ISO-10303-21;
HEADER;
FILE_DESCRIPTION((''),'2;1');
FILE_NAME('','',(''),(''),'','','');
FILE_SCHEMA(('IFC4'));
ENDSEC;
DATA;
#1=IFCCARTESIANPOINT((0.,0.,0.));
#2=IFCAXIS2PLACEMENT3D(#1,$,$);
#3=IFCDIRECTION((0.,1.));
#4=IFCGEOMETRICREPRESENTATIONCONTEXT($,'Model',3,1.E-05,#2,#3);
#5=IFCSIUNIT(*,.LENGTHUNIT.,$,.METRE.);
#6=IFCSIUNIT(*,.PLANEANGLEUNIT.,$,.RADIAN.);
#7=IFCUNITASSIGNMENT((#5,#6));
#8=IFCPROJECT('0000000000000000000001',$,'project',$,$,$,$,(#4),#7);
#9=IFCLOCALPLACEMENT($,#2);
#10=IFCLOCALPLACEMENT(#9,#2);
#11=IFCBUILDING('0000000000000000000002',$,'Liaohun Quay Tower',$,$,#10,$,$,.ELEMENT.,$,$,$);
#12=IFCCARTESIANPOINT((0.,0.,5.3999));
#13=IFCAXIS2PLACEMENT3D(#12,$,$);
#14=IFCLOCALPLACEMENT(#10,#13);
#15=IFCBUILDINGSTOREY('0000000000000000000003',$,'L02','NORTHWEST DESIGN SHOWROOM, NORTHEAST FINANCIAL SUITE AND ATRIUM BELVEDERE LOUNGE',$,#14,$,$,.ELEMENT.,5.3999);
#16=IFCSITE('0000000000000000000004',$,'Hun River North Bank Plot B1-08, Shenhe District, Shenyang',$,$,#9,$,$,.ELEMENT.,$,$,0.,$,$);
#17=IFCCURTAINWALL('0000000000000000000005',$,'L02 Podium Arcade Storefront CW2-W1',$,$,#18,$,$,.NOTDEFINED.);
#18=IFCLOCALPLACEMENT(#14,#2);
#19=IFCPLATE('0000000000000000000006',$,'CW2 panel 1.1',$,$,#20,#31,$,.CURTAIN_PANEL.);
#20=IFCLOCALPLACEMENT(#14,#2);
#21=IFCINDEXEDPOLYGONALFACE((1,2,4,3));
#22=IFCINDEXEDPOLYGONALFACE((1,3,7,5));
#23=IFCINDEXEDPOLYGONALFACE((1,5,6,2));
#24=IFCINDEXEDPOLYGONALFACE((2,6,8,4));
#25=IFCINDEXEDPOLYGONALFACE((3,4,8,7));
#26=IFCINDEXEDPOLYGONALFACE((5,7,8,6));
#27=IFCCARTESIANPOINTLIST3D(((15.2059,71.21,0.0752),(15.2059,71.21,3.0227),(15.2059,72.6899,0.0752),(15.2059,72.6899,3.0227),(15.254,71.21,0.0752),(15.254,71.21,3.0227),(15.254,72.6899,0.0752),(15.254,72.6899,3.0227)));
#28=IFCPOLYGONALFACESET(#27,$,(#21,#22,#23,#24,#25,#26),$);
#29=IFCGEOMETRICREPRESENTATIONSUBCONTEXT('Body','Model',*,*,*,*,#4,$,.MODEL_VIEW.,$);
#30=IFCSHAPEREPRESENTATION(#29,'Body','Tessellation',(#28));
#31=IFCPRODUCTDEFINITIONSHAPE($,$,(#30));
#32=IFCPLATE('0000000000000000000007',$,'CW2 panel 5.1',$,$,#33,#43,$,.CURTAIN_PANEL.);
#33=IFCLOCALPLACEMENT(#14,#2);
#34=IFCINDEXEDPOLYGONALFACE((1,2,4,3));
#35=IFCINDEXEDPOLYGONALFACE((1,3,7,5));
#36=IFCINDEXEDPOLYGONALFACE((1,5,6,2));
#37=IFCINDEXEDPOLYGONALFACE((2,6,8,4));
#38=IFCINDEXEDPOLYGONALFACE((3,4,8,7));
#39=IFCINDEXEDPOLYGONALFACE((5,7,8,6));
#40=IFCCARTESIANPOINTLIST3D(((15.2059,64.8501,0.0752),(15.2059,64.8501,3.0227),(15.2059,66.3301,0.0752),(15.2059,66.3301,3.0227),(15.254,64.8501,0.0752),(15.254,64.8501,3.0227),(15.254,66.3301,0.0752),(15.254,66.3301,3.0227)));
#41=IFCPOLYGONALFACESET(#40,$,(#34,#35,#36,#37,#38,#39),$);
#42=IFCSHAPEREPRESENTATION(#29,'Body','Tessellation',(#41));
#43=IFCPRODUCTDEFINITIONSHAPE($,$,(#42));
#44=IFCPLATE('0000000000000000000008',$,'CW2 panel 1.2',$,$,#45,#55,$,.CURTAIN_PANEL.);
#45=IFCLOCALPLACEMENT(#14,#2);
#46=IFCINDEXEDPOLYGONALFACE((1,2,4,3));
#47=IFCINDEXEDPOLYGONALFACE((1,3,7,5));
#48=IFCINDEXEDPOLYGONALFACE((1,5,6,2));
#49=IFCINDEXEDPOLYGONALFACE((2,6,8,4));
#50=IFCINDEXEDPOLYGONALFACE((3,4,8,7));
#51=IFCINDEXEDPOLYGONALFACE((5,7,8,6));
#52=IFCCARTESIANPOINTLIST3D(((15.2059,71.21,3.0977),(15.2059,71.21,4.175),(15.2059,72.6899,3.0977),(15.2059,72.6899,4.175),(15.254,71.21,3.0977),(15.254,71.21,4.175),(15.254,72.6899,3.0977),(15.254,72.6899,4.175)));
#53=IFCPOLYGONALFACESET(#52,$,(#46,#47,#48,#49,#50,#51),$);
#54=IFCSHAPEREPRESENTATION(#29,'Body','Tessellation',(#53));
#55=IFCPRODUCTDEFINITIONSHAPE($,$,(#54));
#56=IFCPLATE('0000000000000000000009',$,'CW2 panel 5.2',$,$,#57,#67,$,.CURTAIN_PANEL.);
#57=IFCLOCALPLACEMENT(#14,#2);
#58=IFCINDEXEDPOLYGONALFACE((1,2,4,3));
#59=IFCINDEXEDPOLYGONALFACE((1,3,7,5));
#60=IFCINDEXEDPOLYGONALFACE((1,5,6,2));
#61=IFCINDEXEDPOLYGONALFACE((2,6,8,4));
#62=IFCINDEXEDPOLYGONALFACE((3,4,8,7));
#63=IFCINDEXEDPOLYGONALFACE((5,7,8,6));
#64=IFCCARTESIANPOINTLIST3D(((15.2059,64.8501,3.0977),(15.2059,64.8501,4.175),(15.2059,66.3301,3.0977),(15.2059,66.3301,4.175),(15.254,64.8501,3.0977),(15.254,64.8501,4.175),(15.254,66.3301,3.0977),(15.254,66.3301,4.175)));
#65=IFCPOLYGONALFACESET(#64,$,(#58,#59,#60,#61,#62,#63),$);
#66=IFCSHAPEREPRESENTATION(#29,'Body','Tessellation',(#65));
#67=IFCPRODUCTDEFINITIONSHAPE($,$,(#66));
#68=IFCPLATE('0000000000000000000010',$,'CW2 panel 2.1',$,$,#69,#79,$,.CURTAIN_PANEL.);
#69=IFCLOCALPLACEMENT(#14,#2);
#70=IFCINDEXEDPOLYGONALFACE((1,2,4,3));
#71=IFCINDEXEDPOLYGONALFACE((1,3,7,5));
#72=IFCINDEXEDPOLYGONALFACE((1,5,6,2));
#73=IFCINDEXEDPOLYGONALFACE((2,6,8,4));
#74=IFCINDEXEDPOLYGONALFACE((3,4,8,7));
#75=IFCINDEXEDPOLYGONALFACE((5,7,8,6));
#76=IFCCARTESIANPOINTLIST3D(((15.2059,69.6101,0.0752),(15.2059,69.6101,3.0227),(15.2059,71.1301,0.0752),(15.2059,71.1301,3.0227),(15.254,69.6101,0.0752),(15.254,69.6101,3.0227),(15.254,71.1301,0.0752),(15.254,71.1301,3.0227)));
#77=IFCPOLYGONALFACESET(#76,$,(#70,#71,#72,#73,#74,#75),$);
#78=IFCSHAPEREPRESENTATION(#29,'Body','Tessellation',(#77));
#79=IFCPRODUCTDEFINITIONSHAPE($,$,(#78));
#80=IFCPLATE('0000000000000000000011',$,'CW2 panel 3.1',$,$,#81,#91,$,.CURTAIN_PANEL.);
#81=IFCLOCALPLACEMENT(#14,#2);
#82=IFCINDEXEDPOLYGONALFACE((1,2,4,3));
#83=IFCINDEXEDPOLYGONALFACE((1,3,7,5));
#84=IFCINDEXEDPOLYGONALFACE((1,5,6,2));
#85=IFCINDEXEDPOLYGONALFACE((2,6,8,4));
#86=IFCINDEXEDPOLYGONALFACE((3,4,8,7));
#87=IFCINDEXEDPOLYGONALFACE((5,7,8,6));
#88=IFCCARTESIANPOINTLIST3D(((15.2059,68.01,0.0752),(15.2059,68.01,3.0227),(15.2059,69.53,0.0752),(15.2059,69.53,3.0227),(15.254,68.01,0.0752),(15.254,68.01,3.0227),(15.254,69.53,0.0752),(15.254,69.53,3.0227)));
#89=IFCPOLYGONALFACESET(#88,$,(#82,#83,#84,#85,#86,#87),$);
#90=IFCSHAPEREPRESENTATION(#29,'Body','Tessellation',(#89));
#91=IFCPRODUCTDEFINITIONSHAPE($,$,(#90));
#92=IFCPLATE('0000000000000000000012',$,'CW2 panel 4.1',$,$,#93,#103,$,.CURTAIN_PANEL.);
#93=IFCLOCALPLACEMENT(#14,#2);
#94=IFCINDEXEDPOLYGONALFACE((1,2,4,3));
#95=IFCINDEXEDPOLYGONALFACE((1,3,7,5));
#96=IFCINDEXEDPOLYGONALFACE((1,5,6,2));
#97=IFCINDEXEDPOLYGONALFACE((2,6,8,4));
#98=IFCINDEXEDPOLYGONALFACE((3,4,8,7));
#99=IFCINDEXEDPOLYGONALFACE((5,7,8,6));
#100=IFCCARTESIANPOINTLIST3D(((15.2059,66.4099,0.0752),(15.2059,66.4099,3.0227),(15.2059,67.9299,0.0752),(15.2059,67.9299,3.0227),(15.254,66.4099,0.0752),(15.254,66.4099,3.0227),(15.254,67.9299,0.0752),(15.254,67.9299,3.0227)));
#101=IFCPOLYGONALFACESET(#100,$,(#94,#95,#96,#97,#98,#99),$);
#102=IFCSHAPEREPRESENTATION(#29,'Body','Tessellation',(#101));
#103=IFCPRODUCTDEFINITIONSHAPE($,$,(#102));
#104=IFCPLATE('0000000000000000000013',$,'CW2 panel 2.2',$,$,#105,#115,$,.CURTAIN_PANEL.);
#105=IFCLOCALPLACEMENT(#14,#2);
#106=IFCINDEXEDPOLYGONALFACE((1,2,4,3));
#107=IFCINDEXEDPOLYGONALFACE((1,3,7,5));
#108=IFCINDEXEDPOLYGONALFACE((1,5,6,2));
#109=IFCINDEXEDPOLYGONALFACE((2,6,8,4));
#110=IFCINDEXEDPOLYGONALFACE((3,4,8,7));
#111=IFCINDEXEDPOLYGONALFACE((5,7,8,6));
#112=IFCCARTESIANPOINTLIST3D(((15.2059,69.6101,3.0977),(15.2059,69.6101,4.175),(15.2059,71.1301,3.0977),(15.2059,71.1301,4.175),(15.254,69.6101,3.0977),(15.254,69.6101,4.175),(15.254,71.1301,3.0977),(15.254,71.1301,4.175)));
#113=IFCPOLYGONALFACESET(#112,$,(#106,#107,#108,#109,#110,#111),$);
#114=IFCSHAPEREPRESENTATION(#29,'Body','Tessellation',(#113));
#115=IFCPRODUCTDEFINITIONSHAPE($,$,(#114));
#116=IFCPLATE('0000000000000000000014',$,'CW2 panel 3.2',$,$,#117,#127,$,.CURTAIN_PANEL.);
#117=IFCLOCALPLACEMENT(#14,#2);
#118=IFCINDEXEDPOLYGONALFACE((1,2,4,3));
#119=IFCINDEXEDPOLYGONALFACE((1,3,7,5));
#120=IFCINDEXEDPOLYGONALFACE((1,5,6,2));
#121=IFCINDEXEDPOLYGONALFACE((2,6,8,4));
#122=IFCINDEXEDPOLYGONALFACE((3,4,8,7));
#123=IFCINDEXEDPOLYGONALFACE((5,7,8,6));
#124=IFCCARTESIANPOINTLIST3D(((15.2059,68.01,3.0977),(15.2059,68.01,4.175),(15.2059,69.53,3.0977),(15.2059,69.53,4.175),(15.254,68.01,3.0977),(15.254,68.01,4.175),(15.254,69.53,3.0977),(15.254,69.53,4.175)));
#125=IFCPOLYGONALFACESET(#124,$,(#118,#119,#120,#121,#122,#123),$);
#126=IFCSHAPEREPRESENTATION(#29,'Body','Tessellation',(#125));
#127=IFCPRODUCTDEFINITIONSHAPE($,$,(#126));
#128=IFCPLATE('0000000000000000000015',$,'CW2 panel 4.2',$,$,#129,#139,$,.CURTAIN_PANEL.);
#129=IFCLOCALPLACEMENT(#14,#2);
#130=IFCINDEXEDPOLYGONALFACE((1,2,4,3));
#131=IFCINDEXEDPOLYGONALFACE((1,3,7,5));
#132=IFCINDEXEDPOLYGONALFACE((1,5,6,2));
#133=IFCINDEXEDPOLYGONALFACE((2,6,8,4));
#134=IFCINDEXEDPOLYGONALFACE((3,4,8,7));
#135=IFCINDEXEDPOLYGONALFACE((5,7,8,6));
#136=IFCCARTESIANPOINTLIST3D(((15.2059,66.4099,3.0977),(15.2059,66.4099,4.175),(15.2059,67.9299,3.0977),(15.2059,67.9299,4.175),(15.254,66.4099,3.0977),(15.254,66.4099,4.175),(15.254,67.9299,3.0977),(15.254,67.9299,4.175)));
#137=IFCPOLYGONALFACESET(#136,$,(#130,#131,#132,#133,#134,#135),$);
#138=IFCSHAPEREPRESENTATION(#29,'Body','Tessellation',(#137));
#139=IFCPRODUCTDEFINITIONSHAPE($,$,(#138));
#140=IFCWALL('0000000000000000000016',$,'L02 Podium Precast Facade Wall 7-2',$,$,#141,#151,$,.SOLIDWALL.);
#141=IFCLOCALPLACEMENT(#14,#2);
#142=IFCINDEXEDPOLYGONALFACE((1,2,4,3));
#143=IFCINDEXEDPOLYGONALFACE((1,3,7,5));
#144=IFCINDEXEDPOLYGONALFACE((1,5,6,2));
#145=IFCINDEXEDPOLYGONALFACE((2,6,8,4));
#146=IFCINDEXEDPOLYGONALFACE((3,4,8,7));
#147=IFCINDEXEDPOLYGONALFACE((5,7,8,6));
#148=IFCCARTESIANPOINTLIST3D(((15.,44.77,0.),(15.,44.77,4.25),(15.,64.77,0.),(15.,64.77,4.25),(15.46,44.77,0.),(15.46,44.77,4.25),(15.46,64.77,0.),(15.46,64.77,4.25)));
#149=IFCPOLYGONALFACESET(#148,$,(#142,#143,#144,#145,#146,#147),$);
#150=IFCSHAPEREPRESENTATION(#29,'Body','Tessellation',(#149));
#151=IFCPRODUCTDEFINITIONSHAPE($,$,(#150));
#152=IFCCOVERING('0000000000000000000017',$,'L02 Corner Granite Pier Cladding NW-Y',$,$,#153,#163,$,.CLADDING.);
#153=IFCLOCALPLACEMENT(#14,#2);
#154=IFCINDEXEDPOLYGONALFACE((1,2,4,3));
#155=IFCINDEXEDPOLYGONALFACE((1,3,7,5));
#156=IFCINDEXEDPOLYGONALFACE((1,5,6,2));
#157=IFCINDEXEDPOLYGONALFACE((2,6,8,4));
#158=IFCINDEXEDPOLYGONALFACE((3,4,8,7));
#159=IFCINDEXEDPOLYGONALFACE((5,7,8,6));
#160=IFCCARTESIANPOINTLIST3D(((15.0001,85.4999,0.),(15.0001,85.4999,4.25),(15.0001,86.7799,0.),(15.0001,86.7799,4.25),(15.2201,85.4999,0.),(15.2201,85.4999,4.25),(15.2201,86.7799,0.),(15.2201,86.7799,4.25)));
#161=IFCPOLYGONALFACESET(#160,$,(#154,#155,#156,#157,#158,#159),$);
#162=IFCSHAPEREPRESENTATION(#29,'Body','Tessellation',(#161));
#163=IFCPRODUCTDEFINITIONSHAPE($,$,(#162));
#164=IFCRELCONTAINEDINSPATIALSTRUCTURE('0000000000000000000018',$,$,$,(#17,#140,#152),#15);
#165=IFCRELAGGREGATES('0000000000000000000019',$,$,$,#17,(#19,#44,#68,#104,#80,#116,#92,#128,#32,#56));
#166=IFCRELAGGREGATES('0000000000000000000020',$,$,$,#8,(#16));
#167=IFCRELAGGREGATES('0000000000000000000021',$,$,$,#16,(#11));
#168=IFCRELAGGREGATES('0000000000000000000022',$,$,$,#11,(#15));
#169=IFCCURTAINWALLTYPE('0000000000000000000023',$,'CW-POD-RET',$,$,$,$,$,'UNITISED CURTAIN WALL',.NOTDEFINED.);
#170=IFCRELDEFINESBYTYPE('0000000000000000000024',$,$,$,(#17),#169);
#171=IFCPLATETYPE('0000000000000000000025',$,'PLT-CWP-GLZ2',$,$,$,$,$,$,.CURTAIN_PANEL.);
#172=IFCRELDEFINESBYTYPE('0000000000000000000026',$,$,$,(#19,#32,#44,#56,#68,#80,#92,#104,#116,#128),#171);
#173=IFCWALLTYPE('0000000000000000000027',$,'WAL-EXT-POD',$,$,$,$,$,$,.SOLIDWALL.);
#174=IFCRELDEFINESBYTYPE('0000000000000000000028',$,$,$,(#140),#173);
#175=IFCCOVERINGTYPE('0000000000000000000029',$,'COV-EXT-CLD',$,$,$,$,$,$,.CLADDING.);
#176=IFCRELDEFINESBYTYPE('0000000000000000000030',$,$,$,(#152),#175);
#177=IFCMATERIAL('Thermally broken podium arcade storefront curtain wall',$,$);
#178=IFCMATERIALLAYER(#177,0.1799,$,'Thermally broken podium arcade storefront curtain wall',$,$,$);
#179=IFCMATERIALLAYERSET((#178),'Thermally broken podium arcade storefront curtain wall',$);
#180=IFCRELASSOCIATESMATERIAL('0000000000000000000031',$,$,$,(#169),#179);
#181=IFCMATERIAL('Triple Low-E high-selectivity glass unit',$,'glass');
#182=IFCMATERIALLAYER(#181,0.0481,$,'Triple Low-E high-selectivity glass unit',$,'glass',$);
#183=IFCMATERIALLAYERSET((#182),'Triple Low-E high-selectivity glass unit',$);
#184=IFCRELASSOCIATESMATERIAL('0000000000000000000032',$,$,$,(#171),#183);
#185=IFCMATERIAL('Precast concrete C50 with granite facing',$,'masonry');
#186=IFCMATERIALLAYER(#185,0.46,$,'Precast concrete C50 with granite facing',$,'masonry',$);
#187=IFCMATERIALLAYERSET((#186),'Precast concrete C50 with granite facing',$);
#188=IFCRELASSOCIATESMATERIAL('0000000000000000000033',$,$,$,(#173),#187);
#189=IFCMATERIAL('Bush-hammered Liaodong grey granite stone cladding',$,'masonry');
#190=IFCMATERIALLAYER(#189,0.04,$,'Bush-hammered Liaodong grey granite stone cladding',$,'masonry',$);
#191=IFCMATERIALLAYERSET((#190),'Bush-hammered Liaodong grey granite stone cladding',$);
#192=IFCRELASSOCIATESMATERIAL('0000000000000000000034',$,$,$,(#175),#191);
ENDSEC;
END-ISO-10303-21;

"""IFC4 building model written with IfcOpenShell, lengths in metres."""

from ifc_helpers import new_model, si_unit, direction, frame, frame_2d, origin, origin_2d, place, context, subcontext, project, spatial, rectangle, extrude, source, transform, mapped, material, layer, layer_set, type_object, element, aggregate, save


model = new_model("IFC4")

# Units and contexts
model_context = context("Model", 3, precision=1e-05, world=origin(), true_north=direction((0.0, 1.0)))
body_context = subcontext(model_context, "Body", "Model", "MODEL_VIEW")
ifc_project = project(units=[si_unit("LENGTHUNIT", "METRE"), si_unit("PLANEANGLEUNIT", "RADIAN")], contexts=[model_context])

# Site, building, storey
site_placement = place(None, origin())
site = spatial("IfcSite", under=ifc_project, at=site_placement, Name="Hun River North Bank Plot B1-08, Shenhe District, Shenyang", CompositionType="ELEMENT", RefElevation=0.0)
building_placement = place(site_placement, origin())
building = spatial("IfcBuilding", under=site, at=building_placement, Name="Liaohun Quay Tower", CompositionType="ELEMENT")
storey_placement = place(building_placement, frame((0.0, 0.0, 5.3999)))
storey = spatial("IfcBuildingStorey", under=building, at=storey_placement, Name="L02", Description="NORTHWEST DESIGN SHOWROOM, NORTHEAST FINANCIAL SUITE AND ATRIUM BELVEDERE LOUNGE", CompositionType="ELEMENT", Elevation=5.3999)

# Curtain wall, plates
ifc_material_1 = material(Name="Thermally broken podium arcade storefront curtain wall")
ifc_layer_1 = layer(ifc_material_1, 0.1799, Name="Thermally broken podium arcade storefront curtain wall")
ifc_layer_set_1 = layer_set([ifc_layer_1], Name="Thermally broken podium arcade storefront curtain wall")
curtain_wall_type = type_object("IfcCurtainWallType", Name="CW-POD-RET", ElementType="UNITISED CURTAIN WALL", PredefinedType="NOTDEFINED", material=ifc_layer_set_1)
curtain_wall_placement = place(storey_placement, origin())
curtain_wall = element("IfcCurtainWall", 1, at=curtain_wall_placement, inside=storey, type_object=curtain_wall_type, Name="L02 Podium Arcade Storefront CW2-W1", PredefinedType="NOTDEFINED")
ifc_material_2 = material(Name="Triple Low-E high-selectivity glass unit", Category="glass")
ifc_layer_2 = layer(ifc_material_2, 0.0481, Name="Triple Low-E high-selectivity glass unit", Category="glass")
ifc_layer_set_2 = layer_set([ifc_layer_2], Name="Triple Low-E high-selectivity glass unit")
plate_type = type_object("IfcPlateType", Name="PLT-CWP-GLZ2", PredefinedType="CURTAIN_PANEL", material=ifc_layer_set_2)
shared_shape_1 = source(origin(), body_context, "Body", "SweptSolid", [
    extrude(rectangle(XDim=1.48, YDim=0.0481, at=origin_2d()), origin(), (0.0, 0.0, 1.0), 2.9475),
])
plate_1_placement = place(storey_placement, frame((15.23, 71.95, 0.0752), z_axis=(0.0, 0.0, 1.0), x_axis=(0.0, -1.0, 0.0)))
plate_1 = element("IfcPlate", 2, at=plate_1_placement, type_object=plate_type, Name="CW2 panel 1.1", PredefinedType="CURTAIN_PANEL", context=body_context, shape_type="MappedRepresentation", body=[
    mapped(shared_shape_1, transform((0.0, 0.0, 0.0), x_axis=(1.0, 0.0, 0.0), y_axis=(0.0, 1.0, 0.0), z_axis=(0.0, 0.0, 1.0), scale=1.0)),
])
plate_2_placement = place(storey_placement, frame((15.23, 65.5901, 0.0752), z_axis=(0.0, 0.0, 1.0), x_axis=(0.0, -1.0, 0.0)))
plate_2 = element("IfcPlate", 3, at=plate_2_placement, type_object=plate_type, Name="CW2 panel 5.1", PredefinedType="CURTAIN_PANEL", context=body_context, shape_type="MappedRepresentation", body=[
    mapped(shared_shape_1, transform((0.0, 0.0, 0.0), x_axis=(1.0, 0.0, 0.0), y_axis=(0.0, 1.0, 0.0), z_axis=(0.0, 0.0, 1.0), scale=1.0)),
])
shared_shape_2 = source(origin(), body_context, "Body", "SweptSolid", [
    extrude(rectangle(XDim=1.48, YDim=0.0481, at=origin_2d()), origin(), (0.0, 0.0, 1.0), 1.0774),
])
plate_3_placement = place(storey_placement, frame((15.23, 71.95, 3.0977), z_axis=(0.0, 0.0, 1.0), x_axis=(0.0, -1.0, 0.0)))
plate_3 = element("IfcPlate", 4, at=plate_3_placement, type_object=plate_type, Name="CW2 panel 1.2", PredefinedType="CURTAIN_PANEL", context=body_context, shape_type="MappedRepresentation", body=[
    mapped(shared_shape_2, transform((0.0, 0.0, 0.0), x_axis=(1.0, 0.0, 0.0), y_axis=(0.0, 1.0, 0.0), z_axis=(0.0, 0.0, 1.0), scale=1.0)),
])
plate_4_placement = place(storey_placement, frame((15.23, 65.5901, 3.0977), z_axis=(0.0, 0.0, 1.0), x_axis=(0.0, -1.0, 0.0)))
plate_4 = element("IfcPlate", 5, at=plate_4_placement, type_object=plate_type, Name="CW2 panel 5.2", PredefinedType="CURTAIN_PANEL", context=body_context, shape_type="MappedRepresentation", body=[
    mapped(shared_shape_2, transform((0.0, 0.0, 0.0), x_axis=(1.0, 0.0, 0.0), y_axis=(0.0, 1.0, 0.0), z_axis=(0.0, 0.0, 1.0), scale=1.0)),
])
shared_shape_3 = source(origin(), body_context, "Body", "SweptSolid", [
    extrude(rectangle(XDim=1.52, YDim=0.0481, at=origin_2d()), origin(), (0.0, 0.0, 1.0), 2.9475),
])
plate_5_placement = place(storey_placement, frame((15.23, 70.3701, 0.0752), z_axis=(0.0, 0.0, 1.0), x_axis=(0.0, -1.0, 0.0)))
plate_5 = element("IfcPlate", 6, at=plate_5_placement, type_object=plate_type, Name="CW2 panel 2.1", PredefinedType="CURTAIN_PANEL", context=body_context, shape_type="MappedRepresentation", body=[
    mapped(shared_shape_3, transform((0.0, 0.0, 0.0), x_axis=(1.0, 0.0, 0.0), y_axis=(0.0, 1.0, 0.0), z_axis=(0.0, 0.0, 1.0), scale=1.0)),
])
plate_6_placement = place(storey_placement, frame((15.23, 68.77, 0.0752), z_axis=(0.0, 0.0, 1.0), x_axis=(0.0, -1.0, 0.0)))
plate_6 = element("IfcPlate", 7, at=plate_6_placement, type_object=plate_type, Name="CW2 panel 3.1", PredefinedType="CURTAIN_PANEL", context=body_context, shape_type="MappedRepresentation", body=[
    mapped(shared_shape_3, transform((0.0, 0.0, 0.0), x_axis=(1.0, 0.0, 0.0), y_axis=(0.0, 1.0, 0.0), z_axis=(0.0, 0.0, 1.0), scale=1.0)),
])
plate_7_placement = place(storey_placement, frame((15.23, 67.1699, 0.0752), z_axis=(0.0, 0.0, 1.0), x_axis=(0.0, -1.0, 0.0)))
plate_7 = element("IfcPlate", 8, at=plate_7_placement, type_object=plate_type, Name="CW2 panel 4.1", PredefinedType="CURTAIN_PANEL", context=body_context, shape_type="MappedRepresentation", body=[
    mapped(shared_shape_3, transform((0.0, 0.0, 0.0), x_axis=(1.0, 0.0, 0.0), y_axis=(0.0, 1.0, 0.0), z_axis=(0.0, 0.0, 1.0), scale=1.0)),
])
shared_shape_4 = source(origin(), body_context, "Body", "SweptSolid", [
    extrude(rectangle(XDim=1.52, YDim=0.0481, at=origin_2d()), origin(), (0.0, 0.0, 1.0), 1.0774),
])
plate_8_placement = place(storey_placement, frame((15.23, 70.3701, 3.0977), z_axis=(0.0, 0.0, 1.0), x_axis=(0.0, -1.0, 0.0)))
plate_8 = element("IfcPlate", 9, at=plate_8_placement, type_object=plate_type, Name="CW2 panel 2.2", PredefinedType="CURTAIN_PANEL", context=body_context, shape_type="MappedRepresentation", body=[
    mapped(shared_shape_4, transform((0.0, 0.0, 0.0), x_axis=(1.0, 0.0, 0.0), y_axis=(0.0, 1.0, 0.0), z_axis=(0.0, 0.0, 1.0), scale=1.0)),
])
plate_9_placement = place(storey_placement, frame((15.23, 68.77, 3.0977), z_axis=(0.0, 0.0, 1.0), x_axis=(0.0, -1.0, 0.0)))
plate_9 = element("IfcPlate", 10, at=plate_9_placement, type_object=plate_type, Name="CW2 panel 3.2", PredefinedType="CURTAIN_PANEL", context=body_context, shape_type="MappedRepresentation", body=[
    mapped(shared_shape_4, transform((0.0, 0.0, 0.0), x_axis=(1.0, 0.0, 0.0), y_axis=(0.0, 1.0, 0.0), z_axis=(0.0, 0.0, 1.0), scale=1.0)),
])
plate_10_placement = place(storey_placement, frame((15.23, 67.1699, 3.0977), z_axis=(0.0, 0.0, 1.0), x_axis=(0.0, -1.0, 0.0)))
plate_10 = element("IfcPlate", 11, at=plate_10_placement, type_object=plate_type, Name="CW2 panel 4.2", PredefinedType="CURTAIN_PANEL", context=body_context, shape_type="MappedRepresentation", body=[
    mapped(shared_shape_4, transform((0.0, 0.0, 0.0), x_axis=(1.0, 0.0, 0.0), y_axis=(0.0, 1.0, 0.0), z_axis=(0.0, 0.0, 1.0), scale=1.0)),
])
aggregate(curtain_wall, [plate_1, plate_3, plate_5, plate_8, plate_6, plate_9, plate_7, plate_10, plate_2, plate_4])

# Wall
ifc_material_3 = material(Name="Precast concrete C50 with granite facing", Category="masonry")
ifc_layer_3 = layer(ifc_material_3, 0.46, Name="Precast concrete C50 with granite facing", Category="masonry")
ifc_layer_set_3 = layer_set([ifc_layer_3], Name="Precast concrete C50 with granite facing")
wall_type = type_object("IfcWallType", Name="WAL-EXT-POD", PredefinedType="SOLIDWALL", material=ifc_layer_set_3)
wall_placement = place(storey_placement, frame((15.23, 64.77, 0.0), z_axis=(0.0, 0.0, 1.0), x_axis=(0.0, -1.0, 0.0)))
element("IfcWall", 12, at=wall_placement, inside=storey, type_object=wall_type, Name="L02 Podium Precast Facade Wall 7-2", PredefinedType="SOLIDWALL", context=body_context, shape_type="SweptSolid", body=[
    extrude(rectangle(XDim=20.0, YDim=0.46, at=frame_2d((10.0, 0.0))), origin(), (0.0, 0.0, 1.0), 4.25),
])

# Covering
ifc_material_4 = material(Name="Bush-hammered Liaodong grey granite stone cladding", Category="masonry")
ifc_layer_4 = layer(ifc_material_4, 0.04, Name="Bush-hammered Liaodong grey granite stone cladding", Category="masonry")
ifc_layer_set_4 = layer_set([ifc_layer_4], Name="Bush-hammered Liaodong grey granite stone cladding")
covering_type = type_object("IfcCoveringType", Name="COV-EXT-CLD", PredefinedType="CLADDING", material=ifc_layer_set_4)
shared_shape_5 = source(origin(), body_context, "Body", "SweptSolid", [
    extrude(rectangle(XDim=0.22, YDim=1.28, at=origin_2d()), origin(), (0.0, 0.0, 1.0), 4.25),
])
covering_placement = place(storey_placement, frame((15.1101, 86.1399, 0.0), z_axis=(0.0, 0.0, 1.0), x_axis=(1.0, 0.0, 0.0)))
element("IfcCovering", 13, at=covering_placement, inside=storey, type_object=covering_type, Name="L02 Corner Granite Pier Cladding NW-Y", PredefinedType="CLADDING", context=body_context, shape_type="MappedRepresentation", body=[
    mapped(shared_shape_5, transform((0.0, 0.0, 0.0), x_axis=(1.0, 0.0, 0.0), y_axis=(0.0, 1.0, 0.0), z_axis=(0.0, 0.0, 1.0), scale=1.0)),
])

save(model, "model.ifc")
